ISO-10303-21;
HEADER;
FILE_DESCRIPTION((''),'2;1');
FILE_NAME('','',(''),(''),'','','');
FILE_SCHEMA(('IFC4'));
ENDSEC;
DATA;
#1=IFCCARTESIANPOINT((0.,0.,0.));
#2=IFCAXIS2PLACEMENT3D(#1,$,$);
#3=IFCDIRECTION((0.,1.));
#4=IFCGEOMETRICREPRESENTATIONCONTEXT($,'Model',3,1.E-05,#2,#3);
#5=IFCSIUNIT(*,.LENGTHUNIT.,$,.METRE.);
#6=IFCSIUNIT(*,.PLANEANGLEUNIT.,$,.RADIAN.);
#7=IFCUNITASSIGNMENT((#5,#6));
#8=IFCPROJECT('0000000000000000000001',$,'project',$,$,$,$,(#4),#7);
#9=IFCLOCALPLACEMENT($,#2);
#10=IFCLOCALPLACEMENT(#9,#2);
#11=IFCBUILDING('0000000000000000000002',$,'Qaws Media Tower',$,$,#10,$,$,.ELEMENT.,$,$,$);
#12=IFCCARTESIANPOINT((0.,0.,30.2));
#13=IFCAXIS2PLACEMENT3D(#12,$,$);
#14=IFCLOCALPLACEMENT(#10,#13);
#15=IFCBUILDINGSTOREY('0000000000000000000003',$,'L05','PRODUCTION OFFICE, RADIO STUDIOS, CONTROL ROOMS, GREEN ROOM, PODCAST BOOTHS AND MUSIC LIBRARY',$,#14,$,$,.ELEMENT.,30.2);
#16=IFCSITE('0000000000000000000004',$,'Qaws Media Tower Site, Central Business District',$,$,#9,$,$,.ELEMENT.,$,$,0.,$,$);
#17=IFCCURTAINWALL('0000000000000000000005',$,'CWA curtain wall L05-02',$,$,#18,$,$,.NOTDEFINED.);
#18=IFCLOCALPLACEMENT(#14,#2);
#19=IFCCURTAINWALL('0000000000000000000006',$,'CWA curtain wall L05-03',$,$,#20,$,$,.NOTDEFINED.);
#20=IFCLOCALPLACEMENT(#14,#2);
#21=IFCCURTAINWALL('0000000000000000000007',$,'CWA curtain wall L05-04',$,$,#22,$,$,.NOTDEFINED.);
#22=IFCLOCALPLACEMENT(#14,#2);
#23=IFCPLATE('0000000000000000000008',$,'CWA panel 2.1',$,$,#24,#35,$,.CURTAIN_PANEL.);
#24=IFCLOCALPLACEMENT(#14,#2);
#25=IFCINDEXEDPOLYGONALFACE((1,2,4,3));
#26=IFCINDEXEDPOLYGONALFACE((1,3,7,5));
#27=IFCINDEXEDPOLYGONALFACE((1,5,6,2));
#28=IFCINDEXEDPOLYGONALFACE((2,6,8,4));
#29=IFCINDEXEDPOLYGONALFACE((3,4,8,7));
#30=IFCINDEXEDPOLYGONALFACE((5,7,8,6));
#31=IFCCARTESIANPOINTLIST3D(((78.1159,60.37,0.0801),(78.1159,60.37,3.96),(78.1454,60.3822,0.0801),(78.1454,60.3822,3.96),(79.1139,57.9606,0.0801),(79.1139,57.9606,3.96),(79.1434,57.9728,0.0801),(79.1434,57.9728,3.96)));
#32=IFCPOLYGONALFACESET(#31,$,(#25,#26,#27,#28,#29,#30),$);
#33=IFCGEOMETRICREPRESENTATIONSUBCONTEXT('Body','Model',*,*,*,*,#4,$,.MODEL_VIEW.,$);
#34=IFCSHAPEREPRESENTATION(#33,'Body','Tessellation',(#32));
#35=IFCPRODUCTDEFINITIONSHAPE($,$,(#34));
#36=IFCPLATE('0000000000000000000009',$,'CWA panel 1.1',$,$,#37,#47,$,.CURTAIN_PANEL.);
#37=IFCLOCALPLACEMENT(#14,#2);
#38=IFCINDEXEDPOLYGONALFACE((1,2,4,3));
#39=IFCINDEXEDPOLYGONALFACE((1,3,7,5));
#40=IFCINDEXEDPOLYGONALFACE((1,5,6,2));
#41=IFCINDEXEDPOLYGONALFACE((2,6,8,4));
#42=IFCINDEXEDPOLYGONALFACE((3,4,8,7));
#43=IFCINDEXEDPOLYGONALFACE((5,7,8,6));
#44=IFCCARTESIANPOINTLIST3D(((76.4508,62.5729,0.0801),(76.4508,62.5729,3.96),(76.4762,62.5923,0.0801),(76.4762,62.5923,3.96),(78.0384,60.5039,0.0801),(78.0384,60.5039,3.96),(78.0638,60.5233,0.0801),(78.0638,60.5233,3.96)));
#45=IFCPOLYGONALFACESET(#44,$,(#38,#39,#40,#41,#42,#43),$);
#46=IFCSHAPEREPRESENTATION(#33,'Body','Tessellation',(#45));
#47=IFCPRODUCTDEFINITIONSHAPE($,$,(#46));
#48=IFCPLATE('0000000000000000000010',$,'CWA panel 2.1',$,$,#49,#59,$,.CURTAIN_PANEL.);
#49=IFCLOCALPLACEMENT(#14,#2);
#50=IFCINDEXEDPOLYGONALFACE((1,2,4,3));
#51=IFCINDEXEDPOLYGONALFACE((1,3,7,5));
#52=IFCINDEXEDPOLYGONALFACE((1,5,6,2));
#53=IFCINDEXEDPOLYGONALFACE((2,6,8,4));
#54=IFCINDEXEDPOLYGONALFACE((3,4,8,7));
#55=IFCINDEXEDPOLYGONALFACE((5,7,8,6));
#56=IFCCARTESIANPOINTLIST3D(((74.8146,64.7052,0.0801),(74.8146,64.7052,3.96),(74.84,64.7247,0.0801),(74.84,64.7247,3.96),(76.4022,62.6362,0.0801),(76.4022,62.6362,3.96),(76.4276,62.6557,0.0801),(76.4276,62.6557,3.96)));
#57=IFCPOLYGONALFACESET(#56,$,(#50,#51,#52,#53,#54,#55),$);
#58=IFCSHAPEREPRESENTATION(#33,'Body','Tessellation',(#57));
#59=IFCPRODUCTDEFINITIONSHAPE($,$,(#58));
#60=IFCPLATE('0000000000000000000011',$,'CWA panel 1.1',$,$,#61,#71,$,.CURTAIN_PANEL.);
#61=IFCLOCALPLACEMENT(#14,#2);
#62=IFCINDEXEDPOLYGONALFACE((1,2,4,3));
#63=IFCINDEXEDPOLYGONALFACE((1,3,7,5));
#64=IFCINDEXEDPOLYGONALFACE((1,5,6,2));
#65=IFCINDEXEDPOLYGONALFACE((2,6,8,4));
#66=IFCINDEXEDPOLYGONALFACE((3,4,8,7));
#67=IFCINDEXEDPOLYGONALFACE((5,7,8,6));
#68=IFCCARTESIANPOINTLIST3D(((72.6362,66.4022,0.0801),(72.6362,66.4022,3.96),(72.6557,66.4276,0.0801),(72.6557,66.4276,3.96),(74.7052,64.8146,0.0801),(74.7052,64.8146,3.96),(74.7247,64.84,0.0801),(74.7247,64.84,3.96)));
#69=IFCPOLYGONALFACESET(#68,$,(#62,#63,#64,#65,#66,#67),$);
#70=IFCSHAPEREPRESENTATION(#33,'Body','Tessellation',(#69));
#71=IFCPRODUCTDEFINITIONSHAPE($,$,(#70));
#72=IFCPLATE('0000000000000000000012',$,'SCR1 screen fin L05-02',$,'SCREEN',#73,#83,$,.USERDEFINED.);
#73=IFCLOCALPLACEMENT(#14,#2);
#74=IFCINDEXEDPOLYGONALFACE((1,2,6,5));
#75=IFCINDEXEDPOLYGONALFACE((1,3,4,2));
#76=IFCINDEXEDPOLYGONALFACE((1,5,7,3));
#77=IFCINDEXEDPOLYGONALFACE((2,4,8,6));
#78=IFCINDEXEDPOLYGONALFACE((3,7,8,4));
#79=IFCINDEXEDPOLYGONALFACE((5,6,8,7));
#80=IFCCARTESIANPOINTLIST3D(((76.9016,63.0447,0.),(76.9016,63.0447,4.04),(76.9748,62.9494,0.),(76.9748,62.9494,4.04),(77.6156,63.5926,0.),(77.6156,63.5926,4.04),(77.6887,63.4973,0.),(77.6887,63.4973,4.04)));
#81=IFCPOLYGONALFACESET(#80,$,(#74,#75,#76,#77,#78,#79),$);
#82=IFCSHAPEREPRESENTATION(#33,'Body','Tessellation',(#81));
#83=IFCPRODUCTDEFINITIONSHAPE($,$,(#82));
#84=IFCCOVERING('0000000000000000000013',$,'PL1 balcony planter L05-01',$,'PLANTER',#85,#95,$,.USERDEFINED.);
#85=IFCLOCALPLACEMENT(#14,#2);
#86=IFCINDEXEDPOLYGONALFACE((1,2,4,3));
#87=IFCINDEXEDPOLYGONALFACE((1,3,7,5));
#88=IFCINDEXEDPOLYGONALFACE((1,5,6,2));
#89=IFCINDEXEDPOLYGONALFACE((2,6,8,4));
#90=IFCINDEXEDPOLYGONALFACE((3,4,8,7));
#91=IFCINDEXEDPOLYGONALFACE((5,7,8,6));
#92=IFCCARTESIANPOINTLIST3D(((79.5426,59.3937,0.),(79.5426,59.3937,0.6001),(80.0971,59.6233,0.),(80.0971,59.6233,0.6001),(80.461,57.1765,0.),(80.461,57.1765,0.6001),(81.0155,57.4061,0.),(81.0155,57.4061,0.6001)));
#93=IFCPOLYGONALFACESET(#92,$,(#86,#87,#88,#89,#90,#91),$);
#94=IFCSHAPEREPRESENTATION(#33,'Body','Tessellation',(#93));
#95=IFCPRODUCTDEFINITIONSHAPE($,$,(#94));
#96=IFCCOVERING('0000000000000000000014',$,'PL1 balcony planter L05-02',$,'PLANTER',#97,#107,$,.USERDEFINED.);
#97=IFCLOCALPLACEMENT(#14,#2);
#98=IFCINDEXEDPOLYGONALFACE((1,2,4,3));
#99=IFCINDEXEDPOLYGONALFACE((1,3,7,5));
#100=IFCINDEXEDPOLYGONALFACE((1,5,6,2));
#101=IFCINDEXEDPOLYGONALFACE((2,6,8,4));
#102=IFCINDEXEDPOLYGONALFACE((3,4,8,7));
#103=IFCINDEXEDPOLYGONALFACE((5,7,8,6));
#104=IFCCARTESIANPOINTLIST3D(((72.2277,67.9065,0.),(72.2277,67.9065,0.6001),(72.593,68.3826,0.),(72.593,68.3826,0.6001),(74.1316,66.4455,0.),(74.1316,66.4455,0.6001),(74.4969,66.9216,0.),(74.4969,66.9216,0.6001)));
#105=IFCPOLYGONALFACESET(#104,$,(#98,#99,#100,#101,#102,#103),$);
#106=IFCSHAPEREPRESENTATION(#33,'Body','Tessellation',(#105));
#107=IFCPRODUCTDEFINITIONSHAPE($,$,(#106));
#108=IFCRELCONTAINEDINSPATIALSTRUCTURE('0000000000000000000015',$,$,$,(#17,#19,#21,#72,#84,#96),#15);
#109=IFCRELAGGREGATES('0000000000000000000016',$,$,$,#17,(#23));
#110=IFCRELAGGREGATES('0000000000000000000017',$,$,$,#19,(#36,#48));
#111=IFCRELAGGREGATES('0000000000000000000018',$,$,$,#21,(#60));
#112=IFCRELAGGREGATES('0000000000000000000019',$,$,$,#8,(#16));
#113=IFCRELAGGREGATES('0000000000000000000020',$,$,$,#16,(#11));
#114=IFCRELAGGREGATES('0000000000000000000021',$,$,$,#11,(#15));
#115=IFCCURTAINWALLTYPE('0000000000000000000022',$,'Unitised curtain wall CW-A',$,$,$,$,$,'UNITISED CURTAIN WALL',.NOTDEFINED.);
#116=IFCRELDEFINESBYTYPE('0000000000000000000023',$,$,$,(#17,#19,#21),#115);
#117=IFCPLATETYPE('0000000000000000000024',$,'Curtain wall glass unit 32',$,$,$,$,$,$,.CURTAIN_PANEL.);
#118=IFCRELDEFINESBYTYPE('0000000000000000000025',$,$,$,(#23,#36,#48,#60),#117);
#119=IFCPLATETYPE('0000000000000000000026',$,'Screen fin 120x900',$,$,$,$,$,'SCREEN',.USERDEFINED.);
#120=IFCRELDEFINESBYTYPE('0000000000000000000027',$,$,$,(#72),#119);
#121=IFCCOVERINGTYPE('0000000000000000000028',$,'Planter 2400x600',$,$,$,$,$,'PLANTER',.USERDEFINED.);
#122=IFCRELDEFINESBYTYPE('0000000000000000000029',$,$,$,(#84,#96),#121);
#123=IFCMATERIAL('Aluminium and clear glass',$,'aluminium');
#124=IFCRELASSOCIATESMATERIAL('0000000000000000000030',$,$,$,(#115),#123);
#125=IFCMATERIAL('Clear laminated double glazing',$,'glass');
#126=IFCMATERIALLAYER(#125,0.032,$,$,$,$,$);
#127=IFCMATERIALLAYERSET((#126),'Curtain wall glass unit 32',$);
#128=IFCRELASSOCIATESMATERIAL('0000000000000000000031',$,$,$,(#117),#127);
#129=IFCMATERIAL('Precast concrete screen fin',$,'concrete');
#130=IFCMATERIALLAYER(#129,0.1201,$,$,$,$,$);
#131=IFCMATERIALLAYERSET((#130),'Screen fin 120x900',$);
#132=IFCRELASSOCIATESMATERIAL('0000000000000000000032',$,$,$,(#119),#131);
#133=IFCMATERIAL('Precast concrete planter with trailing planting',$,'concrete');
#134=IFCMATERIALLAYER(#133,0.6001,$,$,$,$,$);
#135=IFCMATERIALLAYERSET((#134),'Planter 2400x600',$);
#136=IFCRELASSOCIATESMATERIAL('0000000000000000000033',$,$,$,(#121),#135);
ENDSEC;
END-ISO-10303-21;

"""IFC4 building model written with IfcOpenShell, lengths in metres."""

from ifc_helpers import new_model, si_unit, direction, frame, origin, origin_2d, place, context, subcontext, project, spatial, rectangle, extrude, material, layer, layer_set, type_object, element, aggregate, save


model = new_model("IFC4")

# Units and contexts
model_context = context("Model", 3, precision=1e-05, world=origin(), true_north=direction((0.0, 1.0)))
body_context = subcontext(model_context, "Body", "Model", "MODEL_VIEW")
ifc_project = project(units=[si_unit("LENGTHUNIT", "METRE"), si_unit("PLANEANGLEUNIT", "RADIAN")], contexts=[model_context])

# Site, building, storey
site_placement = place(None, origin())
site = spatial("IfcSite", under=ifc_project, at=site_placement, Name="Qaws Media Tower Site, Central Business District", CompositionType="ELEMENT", RefElevation=0.0)
building_placement = place(site_placement, origin())
building = spatial("IfcBuilding", under=site, at=building_placement, Name="Qaws Media Tower", CompositionType="ELEMENT")
storey_placement = place(building_placement, frame((0.0, 0.0, 30.2)))
storey = spatial("IfcBuildingStorey", under=building, at=storey_placement, Name="L05", Description="PRODUCTION OFFICE, RADIO STUDIOS, CONTROL ROOMS, GREEN ROOM, PODCAST BOOTHS AND MUSIC LIBRARY", CompositionType="ELEMENT", Elevation=30.2)

# Curtain wall
ifc_material_1 = material(Name="Aluminium and clear glass", Category="aluminium")
curtain_wall_type = type_object("IfcCurtainWallType", Name="Unitised curtain wall CW-A", ElementType="UNITISED CURTAIN WALL", PredefinedType="NOTDEFINED", material=ifc_material_1)
curtain_wall_1_placement = place(storey_placement, origin())
curtain_wall_1 = element("IfcCurtainWall", 1, at=curtain_wall_1_placement, inside=storey, type_object=curtain_wall_type, Name="CWA curtain wall L05-02", PredefinedType="NOTDEFINED")

# Curtain walls
curtain_wall_2_placement = place(storey_placement, origin())
curtain_wall_2 = element("IfcCurtainWall", 2, at=curtain_wall_2_placement, inside=storey, type_object=curtain_wall_type, Name="CWA curtain wall L05-03", PredefinedType="NOTDEFINED")
curtain_wall_3_placement = place(storey_placement, origin())
curtain_wall_3 = element("IfcCurtainWall", 3, at=curtain_wall_3_placement, inside=storey, type_object=curtain_wall_type, Name="CWA curtain wall L05-04", PredefinedType="NOTDEFINED")

# Plates
ifc_material_2 = material(Name="Clear laminated double glazing", Category="glass")
ifc_layer_1 = layer(ifc_material_2, 0.032)
ifc_layer_set_1 = layer_set([ifc_layer_1], Name="Curtain wall glass unit 32")
plate_type_1 = type_object("IfcPlateType", Name="Curtain wall glass unit 32", PredefinedType="CURTAIN_PANEL", material=ifc_layer_set_1)
plate_1_placement = place(storey_placement, frame((78.6296, 59.1714, 0.0801), z_axis=(0.0, 0.0, 1.0), x_axis=(-0.382683, 0.92388, 0.0)))
plate_1 = element("IfcPlate", 4, at=plate_1_placement, type_object=plate_type_1, Name="CWA panel 2.1", PredefinedType="CURTAIN_PANEL", context=body_context, shape_type="SweptSolid", body=[
    extrude(rectangle(XDim=2.6079, YDim=0.032, at=origin_2d()), origin(), (0.0, 0.0, 1.0), 3.8799),
])
aggregate(curtain_wall_1, [plate_1])
plate_2_placement = place(storey_placement, frame((77.2573, 61.5481, 0.0801), z_axis=(0.0, 0.0, 1.0), x_axis=(-0.608761, 0.793353, 0.0)))
plate_2 = element("IfcPlate", 5, at=plate_2_placement, type_object=plate_type_1, Name="CWA panel 1.1", PredefinedType="CURTAIN_PANEL", context=body_context, shape_type="SweptSolid", body=[
    extrude(rectangle(XDim=2.6079, YDim=0.032, at=origin_2d()), origin(), (0.0, 0.0, 1.0), 3.8799),
])
plate_3_placement = place(storey_placement, frame((75.6211, 63.6804, 0.0801), z_axis=(0.0, 0.0, 1.0), x_axis=(-0.608761, 0.793353, 0.0)))
plate_3 = element("IfcPlate", 6, at=plate_3_placement, type_object=plate_type_1, Name="CWA panel 2.1", PredefinedType="CURTAIN_PANEL", context=body_context, shape_type="SweptSolid", body=[
    extrude(rectangle(XDim=2.6079, YDim=0.032, at=origin_2d()), origin(), (0.0, 0.0, 1.0), 3.8799),
])
aggregate(curtain_wall_2, [plate_2, plate_3])
plate_4_placement = place(storey_placement, frame((73.6804, 65.6211, 0.0801), z_axis=(0.0, 0.0, 1.0), x_axis=(-0.793353, 0.608761, 0.0)))
plate_4 = element("IfcPlate", 7, at=plate_4_placement, type_object=plate_type_1, Name="CWA panel 1.1", PredefinedType="CURTAIN_PANEL", context=body_context, shape_type="SweptSolid", body=[
    extrude(rectangle(XDim=2.6079, YDim=0.032, at=origin_2d()), origin(), (0.0, 0.0, 1.0), 3.8799),
])
aggregate(curtain_wall_3, [plate_4])
ifc_material_3 = material(Name="Precast concrete screen fin", Category="concrete")
ifc_layer_2 = layer(ifc_material_3, 0.1201)
ifc_layer_set_2 = layer_set([ifc_layer_2], Name="Screen fin 120x900")
plate_type_2 = type_object("IfcPlateType", Name="Screen fin 120x900", ElementType="SCREEN", PredefinedType="USERDEFINED", material=ifc_layer_set_2)
plate_5_placement = place(storey_placement, frame((77.2952, 63.271, 0.0), z_axis=(0.0, 0.0, 1.0), x_axis=(0.793353, 0.608761, 0.0)))
element("IfcPlate", 8, at=plate_5_placement, inside=storey, type_object=plate_type_2, Name="SCR1 screen fin L05-02", ObjectType="SCREEN", PredefinedType="USERDEFINED", context=body_context, shape_type="SweptSolid", body=[
    extrude(rectangle(XDim=0.8999, YDim=0.1201, at=origin_2d()), origin(), (0.0, 0.0, 1.0), 4.04),
])

# Coverings
ifc_material_4 = material(Name="Precast concrete planter with trailing planting", Category="concrete")
ifc_layer_3 = layer(ifc_material_4, 0.6001)
ifc_layer_set_3 = layer_set([ifc_layer_3], Name="Planter 2400x600")
covering_type = type_object("IfcCoveringType", Name="Planter 2400x600", ElementType="PLANTER", PredefinedType="USERDEFINED", material=ifc_layer_set_3)
for number, where, z_axis, x_axis, name in (
    (9, (80.2791, 58.3999, 0.0), (0.0, 0.0, 1.0), (-0.382683, 0.92388, 0.0), "PL1 balcony planter L05-01"),
    (10, (73.3623, 67.4141, 0.0), (0.0, 0.0, 1.0), (-0.793353, 0.608761, 0.0), "PL1 balcony planter L05-02"),
):
    element("IfcCovering", number, at=place(storey_placement, frame(where, z_axis=z_axis, x_axis=x_axis)), inside=storey, type_object=covering_type, Name=name, ObjectType="PLANTER", PredefinedType="USERDEFINED", context=body_context, shape_type="SweptSolid", body=[
        extrude(rectangle(XDim=2.3999, YDim=0.6001, at=origin_2d()), origin(), (0.0, 0.0, 1.0), 0.6001),
    ])

save(model, "model.ifc")
